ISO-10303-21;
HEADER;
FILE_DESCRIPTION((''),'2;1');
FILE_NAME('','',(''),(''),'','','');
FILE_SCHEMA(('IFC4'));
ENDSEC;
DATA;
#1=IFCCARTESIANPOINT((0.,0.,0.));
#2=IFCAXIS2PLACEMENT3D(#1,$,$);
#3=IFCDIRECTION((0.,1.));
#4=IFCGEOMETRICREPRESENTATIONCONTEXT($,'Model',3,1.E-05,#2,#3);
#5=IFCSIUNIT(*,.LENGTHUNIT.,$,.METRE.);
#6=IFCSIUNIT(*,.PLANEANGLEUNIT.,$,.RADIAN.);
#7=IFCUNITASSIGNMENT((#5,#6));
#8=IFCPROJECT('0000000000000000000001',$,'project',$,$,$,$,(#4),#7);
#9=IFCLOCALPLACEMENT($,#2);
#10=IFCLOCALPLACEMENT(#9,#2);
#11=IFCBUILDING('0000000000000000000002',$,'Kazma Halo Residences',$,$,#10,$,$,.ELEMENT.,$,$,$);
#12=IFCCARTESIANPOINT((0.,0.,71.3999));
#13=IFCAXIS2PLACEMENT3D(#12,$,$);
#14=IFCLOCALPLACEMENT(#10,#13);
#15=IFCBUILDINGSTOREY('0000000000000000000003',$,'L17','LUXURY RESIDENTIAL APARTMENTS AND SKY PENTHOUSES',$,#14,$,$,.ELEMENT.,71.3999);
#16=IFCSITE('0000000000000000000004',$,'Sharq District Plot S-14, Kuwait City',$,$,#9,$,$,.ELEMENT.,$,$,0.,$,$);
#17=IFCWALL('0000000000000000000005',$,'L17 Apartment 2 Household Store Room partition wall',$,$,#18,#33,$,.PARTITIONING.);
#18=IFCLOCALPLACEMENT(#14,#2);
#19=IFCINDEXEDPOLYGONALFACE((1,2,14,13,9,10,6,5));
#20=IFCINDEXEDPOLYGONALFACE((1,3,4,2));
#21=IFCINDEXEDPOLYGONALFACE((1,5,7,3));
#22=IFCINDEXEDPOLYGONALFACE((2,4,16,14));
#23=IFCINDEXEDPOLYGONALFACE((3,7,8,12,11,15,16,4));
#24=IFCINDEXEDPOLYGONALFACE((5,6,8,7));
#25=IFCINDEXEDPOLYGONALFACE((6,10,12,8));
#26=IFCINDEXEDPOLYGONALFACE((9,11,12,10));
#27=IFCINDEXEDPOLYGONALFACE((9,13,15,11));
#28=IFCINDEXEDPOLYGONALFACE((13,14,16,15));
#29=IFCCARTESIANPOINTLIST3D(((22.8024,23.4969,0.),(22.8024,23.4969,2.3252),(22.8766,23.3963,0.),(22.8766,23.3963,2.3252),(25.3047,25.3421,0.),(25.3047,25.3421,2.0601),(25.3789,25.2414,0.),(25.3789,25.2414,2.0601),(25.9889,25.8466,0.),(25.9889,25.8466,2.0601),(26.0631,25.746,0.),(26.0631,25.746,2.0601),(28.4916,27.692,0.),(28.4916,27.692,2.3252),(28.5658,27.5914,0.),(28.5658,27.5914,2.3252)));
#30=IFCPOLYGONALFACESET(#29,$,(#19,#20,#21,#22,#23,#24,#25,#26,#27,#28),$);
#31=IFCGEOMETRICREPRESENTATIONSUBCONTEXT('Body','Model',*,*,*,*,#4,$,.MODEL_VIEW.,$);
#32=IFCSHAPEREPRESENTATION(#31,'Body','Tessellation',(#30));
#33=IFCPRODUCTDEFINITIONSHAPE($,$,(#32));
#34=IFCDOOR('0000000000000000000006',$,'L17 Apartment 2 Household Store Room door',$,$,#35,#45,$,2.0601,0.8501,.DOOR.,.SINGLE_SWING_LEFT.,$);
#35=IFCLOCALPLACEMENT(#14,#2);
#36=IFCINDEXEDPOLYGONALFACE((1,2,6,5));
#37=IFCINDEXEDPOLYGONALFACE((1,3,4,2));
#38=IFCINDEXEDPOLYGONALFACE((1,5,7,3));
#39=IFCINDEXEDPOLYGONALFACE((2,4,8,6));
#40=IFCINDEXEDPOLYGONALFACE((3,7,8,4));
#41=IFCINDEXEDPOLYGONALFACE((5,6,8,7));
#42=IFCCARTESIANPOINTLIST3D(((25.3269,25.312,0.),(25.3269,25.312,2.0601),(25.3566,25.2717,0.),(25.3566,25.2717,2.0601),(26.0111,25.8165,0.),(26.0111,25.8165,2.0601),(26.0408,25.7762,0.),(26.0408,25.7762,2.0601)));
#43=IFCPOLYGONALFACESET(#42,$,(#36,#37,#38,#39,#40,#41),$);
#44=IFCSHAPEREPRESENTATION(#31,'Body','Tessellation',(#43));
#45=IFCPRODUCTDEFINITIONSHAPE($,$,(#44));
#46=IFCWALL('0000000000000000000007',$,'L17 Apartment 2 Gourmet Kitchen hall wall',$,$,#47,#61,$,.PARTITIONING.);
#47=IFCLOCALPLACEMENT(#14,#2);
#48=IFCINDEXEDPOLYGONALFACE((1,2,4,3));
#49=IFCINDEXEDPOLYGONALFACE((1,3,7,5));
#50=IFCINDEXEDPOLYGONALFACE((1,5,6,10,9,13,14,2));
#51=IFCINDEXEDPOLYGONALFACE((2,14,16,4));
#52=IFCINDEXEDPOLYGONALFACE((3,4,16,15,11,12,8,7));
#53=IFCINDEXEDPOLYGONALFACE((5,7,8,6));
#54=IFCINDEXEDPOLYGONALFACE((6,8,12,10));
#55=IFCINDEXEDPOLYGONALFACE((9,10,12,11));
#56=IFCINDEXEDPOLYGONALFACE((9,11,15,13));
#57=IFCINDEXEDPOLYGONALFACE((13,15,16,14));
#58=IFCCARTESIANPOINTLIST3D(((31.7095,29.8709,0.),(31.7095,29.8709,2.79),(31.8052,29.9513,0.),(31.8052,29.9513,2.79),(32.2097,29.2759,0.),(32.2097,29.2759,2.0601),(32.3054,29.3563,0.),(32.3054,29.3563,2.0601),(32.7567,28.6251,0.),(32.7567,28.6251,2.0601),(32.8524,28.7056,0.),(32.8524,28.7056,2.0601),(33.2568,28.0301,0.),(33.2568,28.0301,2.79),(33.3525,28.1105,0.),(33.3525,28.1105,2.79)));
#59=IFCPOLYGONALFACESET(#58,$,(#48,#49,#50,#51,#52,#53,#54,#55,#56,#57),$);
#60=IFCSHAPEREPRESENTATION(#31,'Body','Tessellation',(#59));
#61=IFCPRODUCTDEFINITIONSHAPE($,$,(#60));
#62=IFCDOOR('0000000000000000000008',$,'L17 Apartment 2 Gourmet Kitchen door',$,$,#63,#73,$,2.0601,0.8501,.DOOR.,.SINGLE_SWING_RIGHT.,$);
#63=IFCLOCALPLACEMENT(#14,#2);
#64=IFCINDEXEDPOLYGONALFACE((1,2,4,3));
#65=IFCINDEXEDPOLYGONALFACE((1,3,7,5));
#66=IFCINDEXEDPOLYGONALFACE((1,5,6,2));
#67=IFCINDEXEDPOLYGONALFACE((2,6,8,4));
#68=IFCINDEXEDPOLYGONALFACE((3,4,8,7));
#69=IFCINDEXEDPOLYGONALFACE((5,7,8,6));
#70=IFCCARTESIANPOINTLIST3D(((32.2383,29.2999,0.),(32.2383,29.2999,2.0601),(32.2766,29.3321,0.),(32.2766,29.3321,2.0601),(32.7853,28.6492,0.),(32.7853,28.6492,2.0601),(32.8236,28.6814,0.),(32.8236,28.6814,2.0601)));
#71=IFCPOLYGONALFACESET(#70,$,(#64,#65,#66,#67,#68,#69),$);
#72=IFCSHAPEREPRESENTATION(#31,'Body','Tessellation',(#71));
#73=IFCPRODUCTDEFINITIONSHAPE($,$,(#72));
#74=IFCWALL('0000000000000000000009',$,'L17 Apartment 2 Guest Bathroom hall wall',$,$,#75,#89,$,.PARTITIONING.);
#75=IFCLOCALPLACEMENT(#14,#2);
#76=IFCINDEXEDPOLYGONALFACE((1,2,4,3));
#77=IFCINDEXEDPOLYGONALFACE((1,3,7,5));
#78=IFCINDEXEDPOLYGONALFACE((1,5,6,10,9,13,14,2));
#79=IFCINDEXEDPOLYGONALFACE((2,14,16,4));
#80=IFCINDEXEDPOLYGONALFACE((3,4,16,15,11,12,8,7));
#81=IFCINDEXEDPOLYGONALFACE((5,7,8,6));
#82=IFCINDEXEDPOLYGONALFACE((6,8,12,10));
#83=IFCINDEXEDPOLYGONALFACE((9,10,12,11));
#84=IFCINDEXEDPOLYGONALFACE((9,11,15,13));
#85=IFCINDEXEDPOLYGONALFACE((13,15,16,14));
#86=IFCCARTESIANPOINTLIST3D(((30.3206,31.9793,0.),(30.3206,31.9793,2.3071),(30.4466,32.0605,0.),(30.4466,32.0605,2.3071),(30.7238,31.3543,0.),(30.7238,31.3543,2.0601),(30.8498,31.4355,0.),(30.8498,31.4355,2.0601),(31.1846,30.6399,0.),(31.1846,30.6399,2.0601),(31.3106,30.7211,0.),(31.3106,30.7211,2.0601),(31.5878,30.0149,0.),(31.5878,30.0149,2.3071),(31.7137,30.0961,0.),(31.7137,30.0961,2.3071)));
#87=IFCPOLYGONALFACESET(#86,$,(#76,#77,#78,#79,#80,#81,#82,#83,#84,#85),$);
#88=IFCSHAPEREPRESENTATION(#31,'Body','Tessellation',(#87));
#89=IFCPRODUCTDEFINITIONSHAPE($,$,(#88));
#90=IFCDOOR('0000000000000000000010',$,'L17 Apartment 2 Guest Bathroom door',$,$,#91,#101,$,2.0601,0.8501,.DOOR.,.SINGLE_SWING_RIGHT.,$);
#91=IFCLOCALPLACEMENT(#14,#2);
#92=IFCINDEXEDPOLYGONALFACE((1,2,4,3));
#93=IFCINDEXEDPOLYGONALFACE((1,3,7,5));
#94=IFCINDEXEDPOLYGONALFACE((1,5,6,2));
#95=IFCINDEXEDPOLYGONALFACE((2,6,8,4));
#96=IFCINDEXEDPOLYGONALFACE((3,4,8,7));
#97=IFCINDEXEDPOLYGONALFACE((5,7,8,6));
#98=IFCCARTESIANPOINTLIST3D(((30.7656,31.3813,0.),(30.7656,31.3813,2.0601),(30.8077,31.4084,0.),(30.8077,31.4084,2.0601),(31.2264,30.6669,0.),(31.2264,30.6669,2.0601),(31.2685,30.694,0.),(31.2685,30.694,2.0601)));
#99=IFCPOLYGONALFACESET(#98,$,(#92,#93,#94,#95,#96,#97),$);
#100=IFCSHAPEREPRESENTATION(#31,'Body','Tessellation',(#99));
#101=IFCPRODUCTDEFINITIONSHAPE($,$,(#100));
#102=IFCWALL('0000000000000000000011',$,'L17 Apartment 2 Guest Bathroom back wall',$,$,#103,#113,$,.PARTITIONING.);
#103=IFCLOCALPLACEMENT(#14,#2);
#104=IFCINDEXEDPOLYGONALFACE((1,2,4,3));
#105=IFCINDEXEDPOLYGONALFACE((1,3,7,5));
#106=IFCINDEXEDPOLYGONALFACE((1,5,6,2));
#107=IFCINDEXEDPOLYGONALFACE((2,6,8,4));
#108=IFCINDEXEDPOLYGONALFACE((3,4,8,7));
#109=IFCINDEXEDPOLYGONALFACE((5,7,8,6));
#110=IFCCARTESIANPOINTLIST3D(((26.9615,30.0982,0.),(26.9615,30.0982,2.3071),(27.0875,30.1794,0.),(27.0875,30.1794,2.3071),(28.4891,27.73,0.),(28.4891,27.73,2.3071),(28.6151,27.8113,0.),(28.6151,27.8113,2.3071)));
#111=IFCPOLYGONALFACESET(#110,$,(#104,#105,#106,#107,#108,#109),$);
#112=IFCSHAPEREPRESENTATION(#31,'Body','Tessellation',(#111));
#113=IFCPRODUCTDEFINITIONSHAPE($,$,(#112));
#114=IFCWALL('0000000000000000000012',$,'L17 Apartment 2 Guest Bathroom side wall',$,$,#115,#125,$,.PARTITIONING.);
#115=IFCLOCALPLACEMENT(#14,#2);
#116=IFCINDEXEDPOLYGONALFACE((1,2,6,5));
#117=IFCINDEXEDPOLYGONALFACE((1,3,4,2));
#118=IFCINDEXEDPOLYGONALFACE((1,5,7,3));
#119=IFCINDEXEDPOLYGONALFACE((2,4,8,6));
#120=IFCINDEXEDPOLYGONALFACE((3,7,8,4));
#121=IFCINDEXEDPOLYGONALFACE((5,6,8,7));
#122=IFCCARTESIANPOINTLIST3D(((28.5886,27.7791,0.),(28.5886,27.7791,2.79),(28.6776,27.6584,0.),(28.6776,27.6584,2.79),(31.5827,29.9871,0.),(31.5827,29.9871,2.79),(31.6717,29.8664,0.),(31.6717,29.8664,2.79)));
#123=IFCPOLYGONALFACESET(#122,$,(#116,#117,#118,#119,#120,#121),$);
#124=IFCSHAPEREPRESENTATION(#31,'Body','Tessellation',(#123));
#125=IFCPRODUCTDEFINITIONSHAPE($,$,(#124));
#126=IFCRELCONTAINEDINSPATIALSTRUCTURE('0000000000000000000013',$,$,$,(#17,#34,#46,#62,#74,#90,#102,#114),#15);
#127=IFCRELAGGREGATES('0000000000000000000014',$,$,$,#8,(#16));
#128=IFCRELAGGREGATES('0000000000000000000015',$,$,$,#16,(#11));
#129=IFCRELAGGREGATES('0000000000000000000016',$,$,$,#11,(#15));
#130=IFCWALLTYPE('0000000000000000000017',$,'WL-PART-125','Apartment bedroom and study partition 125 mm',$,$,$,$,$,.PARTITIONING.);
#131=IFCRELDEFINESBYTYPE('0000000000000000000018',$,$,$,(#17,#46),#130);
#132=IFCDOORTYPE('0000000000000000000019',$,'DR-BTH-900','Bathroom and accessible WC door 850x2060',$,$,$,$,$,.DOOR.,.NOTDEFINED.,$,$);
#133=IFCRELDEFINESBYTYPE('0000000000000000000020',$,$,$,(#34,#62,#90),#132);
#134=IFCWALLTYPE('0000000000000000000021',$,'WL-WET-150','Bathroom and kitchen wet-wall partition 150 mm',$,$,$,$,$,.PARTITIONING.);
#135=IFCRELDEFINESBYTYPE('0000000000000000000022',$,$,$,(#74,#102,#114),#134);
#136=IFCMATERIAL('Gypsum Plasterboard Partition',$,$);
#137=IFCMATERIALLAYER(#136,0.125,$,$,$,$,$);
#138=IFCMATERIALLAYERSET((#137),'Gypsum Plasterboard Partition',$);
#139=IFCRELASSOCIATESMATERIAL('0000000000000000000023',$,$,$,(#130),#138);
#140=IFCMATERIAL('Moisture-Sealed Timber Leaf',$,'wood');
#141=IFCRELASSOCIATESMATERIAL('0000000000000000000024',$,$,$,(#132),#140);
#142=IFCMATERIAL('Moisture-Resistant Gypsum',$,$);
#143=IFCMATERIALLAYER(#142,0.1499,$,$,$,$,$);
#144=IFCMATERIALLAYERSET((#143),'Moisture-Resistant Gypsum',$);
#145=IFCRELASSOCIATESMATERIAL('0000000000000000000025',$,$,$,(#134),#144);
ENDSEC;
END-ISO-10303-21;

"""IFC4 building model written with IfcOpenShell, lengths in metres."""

from ifc_helpers import new_model, si_unit, direction, frame, frame_2d, origin, place, context, subcontext, project, spatial, rectangle, extrude, material, layer, layer_set, type_object, element, fill, save


model = new_model("IFC4")

# Units and contexts
model_context = context("Model", 3, precision=1e-05, world=origin(), true_north=direction((0.0, 1.0)))
body_context = subcontext(model_context, "Body", "Model", "MODEL_VIEW")
ifc_project = project(units=[si_unit("LENGTHUNIT", "METRE"), si_unit("PLANEANGLEUNIT", "RADIAN")], contexts=[model_context])

# Site, building, storey
site_placement = place(None, origin())
site = spatial("IfcSite", under=ifc_project, at=site_placement, Name="Sharq District Plot S-14, Kuwait City", CompositionType="ELEMENT", RefElevation=0.0)
building_placement = place(site_placement, origin())
building = spatial("IfcBuilding", under=site, at=building_placement, Name="Kazma Halo Residences", CompositionType="ELEMENT")
storey_placement = place(building_placement, frame((0.0, 0.0, 71.3999)))
storey = spatial("IfcBuildingStorey", under=building, at=storey_placement, Name="L17", Description="LUXURY RESIDENTIAL APARTMENTS AND SKY PENTHOUSES", CompositionType="ELEMENT", Elevation=71.3999)

# Shared definitions
ifc_material_1 = material(Name="Gypsum Plasterboard Partition")
ifc_layer_1 = layer(ifc_material_1, 0.125)
ifc_layer_set_1 = layer_set([ifc_layer_1], Name="Gypsum Plasterboard Partition")
wall_type_1 = type_object("IfcWallType", Name="WL-PART-125", Description="Apartment bedroom and study partition 125 mm", PredefinedType="PARTITIONING", material=ifc_layer_set_1)

# Walls, openings, doors
ifc_material_2 = material(Name="Moisture-Sealed Timber Leaf", Category="wood")
door_type = type_object("IfcDoorType", Name="DR-BTH-900", Description="Bathroom and accessible WC door 850x2060", OperationType="NOTDEFINED", PredefinedType="DOOR", material=ifc_material_2)
wall_1_placement = place(storey_placement, frame((28.5286, 27.6416, 0.0), z_axis=(0.0, 0.0, 1.0), x_axis=(-0.804852, -0.593476, 0.0)))
wall_1 = element("IfcWall", 1, at=wall_1_placement, inside=storey, type_object=wall_type_1, Name="L17 Apartment 2 Household Store Room partition wall", PredefinedType="PARTITIONING", context=body_context, shape_type="SweptSolid", body=[
    extrude(rectangle(XDim=7.0686, YDim=0.125, at=frame_2d((3.5342, 0.0))), origin(), (0.0, 0.0, 1.0), 2.3252),
])
opening_1_placement = place(wall_1_placement, frame((3.1094, 0.0, 0.0)))
opening_1 = element("IfcOpeningElement", 2, at=opening_1_placement, cuts=wall_1, PredefinedType="OPENING", context=body_context, shape_type="SweptSolid", body=[
    extrude(rectangle(XDim=0.8501, YDim=2.0601, at=frame_2d((0.425, 1.03))), frame((0.0, 0.0725, 0.0), z_axis=(0.0, -1.0, 0.0), x_axis=(1.0, 0.0, 0.0)), (0.0, 0.0, 1.0), 0.145),
])
door_1_placement = place(opening_1_placement, origin())
door_1 = element("IfcDoor", 3, at=door_1_placement, inside=storey, type_object=door_type, Name="L17 Apartment 2 Household Store Room door", OperationType="SINGLE_SWING_LEFT", OverallHeight=2.0601, OverallWidth=0.8501, PredefinedType="DOOR", context=body_context, shape_type="SweptSolid", body=[
    extrude(rectangle(XDim=0.8501, YDim=2.0601, at=frame_2d((0.425, 1.03))), frame((0.0, 0.0249, 0.0), z_axis=(0.0, -1.0, 0.0), x_axis=(1.0, 0.0, 0.0)), (0.0, 0.0, 1.0), 0.05),
])
fill(opening_1, door_1)
wall_2_placement = place(storey_placement, frame((31.7573, 29.9111, 0.0), z_axis=(0.0, 0.0, 1.0), x_axis=(0.643454, -0.765485, 0.0)))
wall_2 = element("IfcWall", 4, at=wall_2_placement, inside=storey, type_object=wall_type_1, Name="L17 Apartment 2 Gourmet Kitchen hall wall", PredefinedType="PARTITIONING", context=body_context, shape_type="SweptSolid", body=[
    extrude(rectangle(XDim=2.4048, YDim=0.125, at=frame_2d((1.2024, 0.0))), origin(), (0.0, 0.0, 1.0), 2.79),
])
opening_2_placement = place(wall_2_placement, frame((0.7773, 0.0, 0.0)))
opening_2 = element("IfcOpeningElement", 5, at=opening_2_placement, cuts=wall_2, PredefinedType="OPENING", context=body_context, shape_type="SweptSolid", body=[
    extrude(rectangle(XDim=0.8501, YDim=2.0601, at=frame_2d((0.425, 1.03))), frame((0.0, 0.0725, 0.0), z_axis=(0.0, -1.0, 0.0), x_axis=(1.0, 0.0, 0.0)), (0.0, 0.0, 1.0), 0.145),
])
door_2_placement = place(opening_2_placement, origin())
door_2 = element("IfcDoor", 6, at=door_2_placement, inside=storey, type_object=door_type, Name="L17 Apartment 2 Gourmet Kitchen door", OperationType="SINGLE_SWING_RIGHT", OverallHeight=2.0601, OverallWidth=0.8501, PredefinedType="DOOR", context=body_context, shape_type="SweptSolid", body=[
    extrude(rectangle(XDim=0.8501, YDim=2.0601, at=frame_2d((0.425, 1.03))), frame((0.0, 0.0249, 0.0), z_axis=(0.0, -1.0, 0.0), x_axis=(1.0, 0.0, 0.0)), (0.0, 0.0, 1.0), 0.05),
])
fill(opening_2, door_2)
ifc_material_3 = material(Name="Moisture-Resistant Gypsum")
ifc_layer_2 = layer(ifc_material_3, 0.1499)
ifc_layer_set_2 = layer_set([ifc_layer_2], Name="Moisture-Resistant Gypsum")
wall_type_2 = type_object("IfcWallType", Name="WL-WET-150", Description="Bathroom and kitchen wet-wall partition 150 mm", PredefinedType="PARTITIONING", material=ifc_layer_set_2)
wall_3_placement = place(storey_placement, frame((30.3835, 32.02, 0.0), z_axis=(0.0, 0.0, 1.0), x_axis=(0.542056, -0.840343, 0.0)))
wall_3 = element("IfcWall", 7, at=wall_3_placement, inside=storey, type_object=wall_type_2, Name="L17 Apartment 2 Guest Bathroom hall wall", PredefinedType="PARTITIONING", context=body_context, shape_type="SweptSolid", body=[
    extrude(rectangle(XDim=2.3376, YDim=0.1499, at=frame_2d((1.1689, 0.0))), origin(), (0.0, 0.0, 1.0), 2.3071),
])
opening_3_placement = place(wall_3_placement, frame((0.7439, 0.0, 0.0)))
opening_3 = element("IfcOpeningElement", 8, at=opening_3_placement, cuts=wall_3, PredefinedType="OPENING", context=body_context, shape_type="SweptSolid", body=[
    extrude(rectangle(XDim=0.8501, YDim=2.0601, at=frame_2d((0.425, 1.03))), frame((0.0, 0.085, 0.0), z_axis=(0.0, -1.0, 0.0), x_axis=(1.0, 0.0, 0.0)), (0.0, 0.0, 1.0), 0.1699),
])
door_3_placement = place(opening_3_placement, origin())
door_3 = element("IfcDoor", 9, at=door_3_placement, inside=storey, type_object=door_type, Name="L17 Apartment 2 Guest Bathroom door", OperationType="SINGLE_SWING_RIGHT", OverallHeight=2.0601, OverallWidth=0.8501, PredefinedType="DOOR", context=body_context, shape_type="SweptSolid", body=[
    extrude(rectangle(XDim=0.8501, YDim=2.0601, at=frame_2d((0.425, 1.03))), frame((0.0, 0.0249, 0.0), z_axis=(0.0, -1.0, 0.0), x_axis=(1.0, 0.0, 0.0)), (0.0, 0.0, 1.0), 0.05),
])
fill(opening_3, door_3)

# Walls
wall_4_placement = place(storey_placement, frame((27.0244, 30.1389, 0.0), z_axis=(0.0, 0.0, 1.0), x_axis=(0.542062, -0.840339, 0.0)))
element("IfcWall", 10, at=wall_4_placement, inside=storey, type_object=wall_type_2, Name="L17 Apartment 2 Guest Bathroom back wall", PredefinedType="PARTITIONING", context=body_context, shape_type="SweptSolid", body=[
    extrude(rectangle(XDim=2.8181, YDim=0.1499, at=frame_2d((1.4092, 0.0))), origin(), (0.0, 0.0, 1.0), 2.3071),
])
wall_5_placement = place(storey_placement, frame((31.6272, 29.9268, 0.0), z_axis=(0.0, 0.0, 1.0), x_axis=(-0.804825, -0.593512, 0.0)))
element("IfcWall", 11, at=wall_5_placement, inside=storey, type_object=wall_type_2, Name="L17 Apartment 2 Guest Bathroom side wall", PredefinedType="PARTITIONING", context=body_context, shape_type="SweptSolid", body=[
    extrude(rectangle(XDim=3.7202, YDim=0.1499, at=frame_2d((1.8601, 0.0))), origin(), (0.0, 0.0, 1.0), 2.79),
])

save(model, "model.ifc")
